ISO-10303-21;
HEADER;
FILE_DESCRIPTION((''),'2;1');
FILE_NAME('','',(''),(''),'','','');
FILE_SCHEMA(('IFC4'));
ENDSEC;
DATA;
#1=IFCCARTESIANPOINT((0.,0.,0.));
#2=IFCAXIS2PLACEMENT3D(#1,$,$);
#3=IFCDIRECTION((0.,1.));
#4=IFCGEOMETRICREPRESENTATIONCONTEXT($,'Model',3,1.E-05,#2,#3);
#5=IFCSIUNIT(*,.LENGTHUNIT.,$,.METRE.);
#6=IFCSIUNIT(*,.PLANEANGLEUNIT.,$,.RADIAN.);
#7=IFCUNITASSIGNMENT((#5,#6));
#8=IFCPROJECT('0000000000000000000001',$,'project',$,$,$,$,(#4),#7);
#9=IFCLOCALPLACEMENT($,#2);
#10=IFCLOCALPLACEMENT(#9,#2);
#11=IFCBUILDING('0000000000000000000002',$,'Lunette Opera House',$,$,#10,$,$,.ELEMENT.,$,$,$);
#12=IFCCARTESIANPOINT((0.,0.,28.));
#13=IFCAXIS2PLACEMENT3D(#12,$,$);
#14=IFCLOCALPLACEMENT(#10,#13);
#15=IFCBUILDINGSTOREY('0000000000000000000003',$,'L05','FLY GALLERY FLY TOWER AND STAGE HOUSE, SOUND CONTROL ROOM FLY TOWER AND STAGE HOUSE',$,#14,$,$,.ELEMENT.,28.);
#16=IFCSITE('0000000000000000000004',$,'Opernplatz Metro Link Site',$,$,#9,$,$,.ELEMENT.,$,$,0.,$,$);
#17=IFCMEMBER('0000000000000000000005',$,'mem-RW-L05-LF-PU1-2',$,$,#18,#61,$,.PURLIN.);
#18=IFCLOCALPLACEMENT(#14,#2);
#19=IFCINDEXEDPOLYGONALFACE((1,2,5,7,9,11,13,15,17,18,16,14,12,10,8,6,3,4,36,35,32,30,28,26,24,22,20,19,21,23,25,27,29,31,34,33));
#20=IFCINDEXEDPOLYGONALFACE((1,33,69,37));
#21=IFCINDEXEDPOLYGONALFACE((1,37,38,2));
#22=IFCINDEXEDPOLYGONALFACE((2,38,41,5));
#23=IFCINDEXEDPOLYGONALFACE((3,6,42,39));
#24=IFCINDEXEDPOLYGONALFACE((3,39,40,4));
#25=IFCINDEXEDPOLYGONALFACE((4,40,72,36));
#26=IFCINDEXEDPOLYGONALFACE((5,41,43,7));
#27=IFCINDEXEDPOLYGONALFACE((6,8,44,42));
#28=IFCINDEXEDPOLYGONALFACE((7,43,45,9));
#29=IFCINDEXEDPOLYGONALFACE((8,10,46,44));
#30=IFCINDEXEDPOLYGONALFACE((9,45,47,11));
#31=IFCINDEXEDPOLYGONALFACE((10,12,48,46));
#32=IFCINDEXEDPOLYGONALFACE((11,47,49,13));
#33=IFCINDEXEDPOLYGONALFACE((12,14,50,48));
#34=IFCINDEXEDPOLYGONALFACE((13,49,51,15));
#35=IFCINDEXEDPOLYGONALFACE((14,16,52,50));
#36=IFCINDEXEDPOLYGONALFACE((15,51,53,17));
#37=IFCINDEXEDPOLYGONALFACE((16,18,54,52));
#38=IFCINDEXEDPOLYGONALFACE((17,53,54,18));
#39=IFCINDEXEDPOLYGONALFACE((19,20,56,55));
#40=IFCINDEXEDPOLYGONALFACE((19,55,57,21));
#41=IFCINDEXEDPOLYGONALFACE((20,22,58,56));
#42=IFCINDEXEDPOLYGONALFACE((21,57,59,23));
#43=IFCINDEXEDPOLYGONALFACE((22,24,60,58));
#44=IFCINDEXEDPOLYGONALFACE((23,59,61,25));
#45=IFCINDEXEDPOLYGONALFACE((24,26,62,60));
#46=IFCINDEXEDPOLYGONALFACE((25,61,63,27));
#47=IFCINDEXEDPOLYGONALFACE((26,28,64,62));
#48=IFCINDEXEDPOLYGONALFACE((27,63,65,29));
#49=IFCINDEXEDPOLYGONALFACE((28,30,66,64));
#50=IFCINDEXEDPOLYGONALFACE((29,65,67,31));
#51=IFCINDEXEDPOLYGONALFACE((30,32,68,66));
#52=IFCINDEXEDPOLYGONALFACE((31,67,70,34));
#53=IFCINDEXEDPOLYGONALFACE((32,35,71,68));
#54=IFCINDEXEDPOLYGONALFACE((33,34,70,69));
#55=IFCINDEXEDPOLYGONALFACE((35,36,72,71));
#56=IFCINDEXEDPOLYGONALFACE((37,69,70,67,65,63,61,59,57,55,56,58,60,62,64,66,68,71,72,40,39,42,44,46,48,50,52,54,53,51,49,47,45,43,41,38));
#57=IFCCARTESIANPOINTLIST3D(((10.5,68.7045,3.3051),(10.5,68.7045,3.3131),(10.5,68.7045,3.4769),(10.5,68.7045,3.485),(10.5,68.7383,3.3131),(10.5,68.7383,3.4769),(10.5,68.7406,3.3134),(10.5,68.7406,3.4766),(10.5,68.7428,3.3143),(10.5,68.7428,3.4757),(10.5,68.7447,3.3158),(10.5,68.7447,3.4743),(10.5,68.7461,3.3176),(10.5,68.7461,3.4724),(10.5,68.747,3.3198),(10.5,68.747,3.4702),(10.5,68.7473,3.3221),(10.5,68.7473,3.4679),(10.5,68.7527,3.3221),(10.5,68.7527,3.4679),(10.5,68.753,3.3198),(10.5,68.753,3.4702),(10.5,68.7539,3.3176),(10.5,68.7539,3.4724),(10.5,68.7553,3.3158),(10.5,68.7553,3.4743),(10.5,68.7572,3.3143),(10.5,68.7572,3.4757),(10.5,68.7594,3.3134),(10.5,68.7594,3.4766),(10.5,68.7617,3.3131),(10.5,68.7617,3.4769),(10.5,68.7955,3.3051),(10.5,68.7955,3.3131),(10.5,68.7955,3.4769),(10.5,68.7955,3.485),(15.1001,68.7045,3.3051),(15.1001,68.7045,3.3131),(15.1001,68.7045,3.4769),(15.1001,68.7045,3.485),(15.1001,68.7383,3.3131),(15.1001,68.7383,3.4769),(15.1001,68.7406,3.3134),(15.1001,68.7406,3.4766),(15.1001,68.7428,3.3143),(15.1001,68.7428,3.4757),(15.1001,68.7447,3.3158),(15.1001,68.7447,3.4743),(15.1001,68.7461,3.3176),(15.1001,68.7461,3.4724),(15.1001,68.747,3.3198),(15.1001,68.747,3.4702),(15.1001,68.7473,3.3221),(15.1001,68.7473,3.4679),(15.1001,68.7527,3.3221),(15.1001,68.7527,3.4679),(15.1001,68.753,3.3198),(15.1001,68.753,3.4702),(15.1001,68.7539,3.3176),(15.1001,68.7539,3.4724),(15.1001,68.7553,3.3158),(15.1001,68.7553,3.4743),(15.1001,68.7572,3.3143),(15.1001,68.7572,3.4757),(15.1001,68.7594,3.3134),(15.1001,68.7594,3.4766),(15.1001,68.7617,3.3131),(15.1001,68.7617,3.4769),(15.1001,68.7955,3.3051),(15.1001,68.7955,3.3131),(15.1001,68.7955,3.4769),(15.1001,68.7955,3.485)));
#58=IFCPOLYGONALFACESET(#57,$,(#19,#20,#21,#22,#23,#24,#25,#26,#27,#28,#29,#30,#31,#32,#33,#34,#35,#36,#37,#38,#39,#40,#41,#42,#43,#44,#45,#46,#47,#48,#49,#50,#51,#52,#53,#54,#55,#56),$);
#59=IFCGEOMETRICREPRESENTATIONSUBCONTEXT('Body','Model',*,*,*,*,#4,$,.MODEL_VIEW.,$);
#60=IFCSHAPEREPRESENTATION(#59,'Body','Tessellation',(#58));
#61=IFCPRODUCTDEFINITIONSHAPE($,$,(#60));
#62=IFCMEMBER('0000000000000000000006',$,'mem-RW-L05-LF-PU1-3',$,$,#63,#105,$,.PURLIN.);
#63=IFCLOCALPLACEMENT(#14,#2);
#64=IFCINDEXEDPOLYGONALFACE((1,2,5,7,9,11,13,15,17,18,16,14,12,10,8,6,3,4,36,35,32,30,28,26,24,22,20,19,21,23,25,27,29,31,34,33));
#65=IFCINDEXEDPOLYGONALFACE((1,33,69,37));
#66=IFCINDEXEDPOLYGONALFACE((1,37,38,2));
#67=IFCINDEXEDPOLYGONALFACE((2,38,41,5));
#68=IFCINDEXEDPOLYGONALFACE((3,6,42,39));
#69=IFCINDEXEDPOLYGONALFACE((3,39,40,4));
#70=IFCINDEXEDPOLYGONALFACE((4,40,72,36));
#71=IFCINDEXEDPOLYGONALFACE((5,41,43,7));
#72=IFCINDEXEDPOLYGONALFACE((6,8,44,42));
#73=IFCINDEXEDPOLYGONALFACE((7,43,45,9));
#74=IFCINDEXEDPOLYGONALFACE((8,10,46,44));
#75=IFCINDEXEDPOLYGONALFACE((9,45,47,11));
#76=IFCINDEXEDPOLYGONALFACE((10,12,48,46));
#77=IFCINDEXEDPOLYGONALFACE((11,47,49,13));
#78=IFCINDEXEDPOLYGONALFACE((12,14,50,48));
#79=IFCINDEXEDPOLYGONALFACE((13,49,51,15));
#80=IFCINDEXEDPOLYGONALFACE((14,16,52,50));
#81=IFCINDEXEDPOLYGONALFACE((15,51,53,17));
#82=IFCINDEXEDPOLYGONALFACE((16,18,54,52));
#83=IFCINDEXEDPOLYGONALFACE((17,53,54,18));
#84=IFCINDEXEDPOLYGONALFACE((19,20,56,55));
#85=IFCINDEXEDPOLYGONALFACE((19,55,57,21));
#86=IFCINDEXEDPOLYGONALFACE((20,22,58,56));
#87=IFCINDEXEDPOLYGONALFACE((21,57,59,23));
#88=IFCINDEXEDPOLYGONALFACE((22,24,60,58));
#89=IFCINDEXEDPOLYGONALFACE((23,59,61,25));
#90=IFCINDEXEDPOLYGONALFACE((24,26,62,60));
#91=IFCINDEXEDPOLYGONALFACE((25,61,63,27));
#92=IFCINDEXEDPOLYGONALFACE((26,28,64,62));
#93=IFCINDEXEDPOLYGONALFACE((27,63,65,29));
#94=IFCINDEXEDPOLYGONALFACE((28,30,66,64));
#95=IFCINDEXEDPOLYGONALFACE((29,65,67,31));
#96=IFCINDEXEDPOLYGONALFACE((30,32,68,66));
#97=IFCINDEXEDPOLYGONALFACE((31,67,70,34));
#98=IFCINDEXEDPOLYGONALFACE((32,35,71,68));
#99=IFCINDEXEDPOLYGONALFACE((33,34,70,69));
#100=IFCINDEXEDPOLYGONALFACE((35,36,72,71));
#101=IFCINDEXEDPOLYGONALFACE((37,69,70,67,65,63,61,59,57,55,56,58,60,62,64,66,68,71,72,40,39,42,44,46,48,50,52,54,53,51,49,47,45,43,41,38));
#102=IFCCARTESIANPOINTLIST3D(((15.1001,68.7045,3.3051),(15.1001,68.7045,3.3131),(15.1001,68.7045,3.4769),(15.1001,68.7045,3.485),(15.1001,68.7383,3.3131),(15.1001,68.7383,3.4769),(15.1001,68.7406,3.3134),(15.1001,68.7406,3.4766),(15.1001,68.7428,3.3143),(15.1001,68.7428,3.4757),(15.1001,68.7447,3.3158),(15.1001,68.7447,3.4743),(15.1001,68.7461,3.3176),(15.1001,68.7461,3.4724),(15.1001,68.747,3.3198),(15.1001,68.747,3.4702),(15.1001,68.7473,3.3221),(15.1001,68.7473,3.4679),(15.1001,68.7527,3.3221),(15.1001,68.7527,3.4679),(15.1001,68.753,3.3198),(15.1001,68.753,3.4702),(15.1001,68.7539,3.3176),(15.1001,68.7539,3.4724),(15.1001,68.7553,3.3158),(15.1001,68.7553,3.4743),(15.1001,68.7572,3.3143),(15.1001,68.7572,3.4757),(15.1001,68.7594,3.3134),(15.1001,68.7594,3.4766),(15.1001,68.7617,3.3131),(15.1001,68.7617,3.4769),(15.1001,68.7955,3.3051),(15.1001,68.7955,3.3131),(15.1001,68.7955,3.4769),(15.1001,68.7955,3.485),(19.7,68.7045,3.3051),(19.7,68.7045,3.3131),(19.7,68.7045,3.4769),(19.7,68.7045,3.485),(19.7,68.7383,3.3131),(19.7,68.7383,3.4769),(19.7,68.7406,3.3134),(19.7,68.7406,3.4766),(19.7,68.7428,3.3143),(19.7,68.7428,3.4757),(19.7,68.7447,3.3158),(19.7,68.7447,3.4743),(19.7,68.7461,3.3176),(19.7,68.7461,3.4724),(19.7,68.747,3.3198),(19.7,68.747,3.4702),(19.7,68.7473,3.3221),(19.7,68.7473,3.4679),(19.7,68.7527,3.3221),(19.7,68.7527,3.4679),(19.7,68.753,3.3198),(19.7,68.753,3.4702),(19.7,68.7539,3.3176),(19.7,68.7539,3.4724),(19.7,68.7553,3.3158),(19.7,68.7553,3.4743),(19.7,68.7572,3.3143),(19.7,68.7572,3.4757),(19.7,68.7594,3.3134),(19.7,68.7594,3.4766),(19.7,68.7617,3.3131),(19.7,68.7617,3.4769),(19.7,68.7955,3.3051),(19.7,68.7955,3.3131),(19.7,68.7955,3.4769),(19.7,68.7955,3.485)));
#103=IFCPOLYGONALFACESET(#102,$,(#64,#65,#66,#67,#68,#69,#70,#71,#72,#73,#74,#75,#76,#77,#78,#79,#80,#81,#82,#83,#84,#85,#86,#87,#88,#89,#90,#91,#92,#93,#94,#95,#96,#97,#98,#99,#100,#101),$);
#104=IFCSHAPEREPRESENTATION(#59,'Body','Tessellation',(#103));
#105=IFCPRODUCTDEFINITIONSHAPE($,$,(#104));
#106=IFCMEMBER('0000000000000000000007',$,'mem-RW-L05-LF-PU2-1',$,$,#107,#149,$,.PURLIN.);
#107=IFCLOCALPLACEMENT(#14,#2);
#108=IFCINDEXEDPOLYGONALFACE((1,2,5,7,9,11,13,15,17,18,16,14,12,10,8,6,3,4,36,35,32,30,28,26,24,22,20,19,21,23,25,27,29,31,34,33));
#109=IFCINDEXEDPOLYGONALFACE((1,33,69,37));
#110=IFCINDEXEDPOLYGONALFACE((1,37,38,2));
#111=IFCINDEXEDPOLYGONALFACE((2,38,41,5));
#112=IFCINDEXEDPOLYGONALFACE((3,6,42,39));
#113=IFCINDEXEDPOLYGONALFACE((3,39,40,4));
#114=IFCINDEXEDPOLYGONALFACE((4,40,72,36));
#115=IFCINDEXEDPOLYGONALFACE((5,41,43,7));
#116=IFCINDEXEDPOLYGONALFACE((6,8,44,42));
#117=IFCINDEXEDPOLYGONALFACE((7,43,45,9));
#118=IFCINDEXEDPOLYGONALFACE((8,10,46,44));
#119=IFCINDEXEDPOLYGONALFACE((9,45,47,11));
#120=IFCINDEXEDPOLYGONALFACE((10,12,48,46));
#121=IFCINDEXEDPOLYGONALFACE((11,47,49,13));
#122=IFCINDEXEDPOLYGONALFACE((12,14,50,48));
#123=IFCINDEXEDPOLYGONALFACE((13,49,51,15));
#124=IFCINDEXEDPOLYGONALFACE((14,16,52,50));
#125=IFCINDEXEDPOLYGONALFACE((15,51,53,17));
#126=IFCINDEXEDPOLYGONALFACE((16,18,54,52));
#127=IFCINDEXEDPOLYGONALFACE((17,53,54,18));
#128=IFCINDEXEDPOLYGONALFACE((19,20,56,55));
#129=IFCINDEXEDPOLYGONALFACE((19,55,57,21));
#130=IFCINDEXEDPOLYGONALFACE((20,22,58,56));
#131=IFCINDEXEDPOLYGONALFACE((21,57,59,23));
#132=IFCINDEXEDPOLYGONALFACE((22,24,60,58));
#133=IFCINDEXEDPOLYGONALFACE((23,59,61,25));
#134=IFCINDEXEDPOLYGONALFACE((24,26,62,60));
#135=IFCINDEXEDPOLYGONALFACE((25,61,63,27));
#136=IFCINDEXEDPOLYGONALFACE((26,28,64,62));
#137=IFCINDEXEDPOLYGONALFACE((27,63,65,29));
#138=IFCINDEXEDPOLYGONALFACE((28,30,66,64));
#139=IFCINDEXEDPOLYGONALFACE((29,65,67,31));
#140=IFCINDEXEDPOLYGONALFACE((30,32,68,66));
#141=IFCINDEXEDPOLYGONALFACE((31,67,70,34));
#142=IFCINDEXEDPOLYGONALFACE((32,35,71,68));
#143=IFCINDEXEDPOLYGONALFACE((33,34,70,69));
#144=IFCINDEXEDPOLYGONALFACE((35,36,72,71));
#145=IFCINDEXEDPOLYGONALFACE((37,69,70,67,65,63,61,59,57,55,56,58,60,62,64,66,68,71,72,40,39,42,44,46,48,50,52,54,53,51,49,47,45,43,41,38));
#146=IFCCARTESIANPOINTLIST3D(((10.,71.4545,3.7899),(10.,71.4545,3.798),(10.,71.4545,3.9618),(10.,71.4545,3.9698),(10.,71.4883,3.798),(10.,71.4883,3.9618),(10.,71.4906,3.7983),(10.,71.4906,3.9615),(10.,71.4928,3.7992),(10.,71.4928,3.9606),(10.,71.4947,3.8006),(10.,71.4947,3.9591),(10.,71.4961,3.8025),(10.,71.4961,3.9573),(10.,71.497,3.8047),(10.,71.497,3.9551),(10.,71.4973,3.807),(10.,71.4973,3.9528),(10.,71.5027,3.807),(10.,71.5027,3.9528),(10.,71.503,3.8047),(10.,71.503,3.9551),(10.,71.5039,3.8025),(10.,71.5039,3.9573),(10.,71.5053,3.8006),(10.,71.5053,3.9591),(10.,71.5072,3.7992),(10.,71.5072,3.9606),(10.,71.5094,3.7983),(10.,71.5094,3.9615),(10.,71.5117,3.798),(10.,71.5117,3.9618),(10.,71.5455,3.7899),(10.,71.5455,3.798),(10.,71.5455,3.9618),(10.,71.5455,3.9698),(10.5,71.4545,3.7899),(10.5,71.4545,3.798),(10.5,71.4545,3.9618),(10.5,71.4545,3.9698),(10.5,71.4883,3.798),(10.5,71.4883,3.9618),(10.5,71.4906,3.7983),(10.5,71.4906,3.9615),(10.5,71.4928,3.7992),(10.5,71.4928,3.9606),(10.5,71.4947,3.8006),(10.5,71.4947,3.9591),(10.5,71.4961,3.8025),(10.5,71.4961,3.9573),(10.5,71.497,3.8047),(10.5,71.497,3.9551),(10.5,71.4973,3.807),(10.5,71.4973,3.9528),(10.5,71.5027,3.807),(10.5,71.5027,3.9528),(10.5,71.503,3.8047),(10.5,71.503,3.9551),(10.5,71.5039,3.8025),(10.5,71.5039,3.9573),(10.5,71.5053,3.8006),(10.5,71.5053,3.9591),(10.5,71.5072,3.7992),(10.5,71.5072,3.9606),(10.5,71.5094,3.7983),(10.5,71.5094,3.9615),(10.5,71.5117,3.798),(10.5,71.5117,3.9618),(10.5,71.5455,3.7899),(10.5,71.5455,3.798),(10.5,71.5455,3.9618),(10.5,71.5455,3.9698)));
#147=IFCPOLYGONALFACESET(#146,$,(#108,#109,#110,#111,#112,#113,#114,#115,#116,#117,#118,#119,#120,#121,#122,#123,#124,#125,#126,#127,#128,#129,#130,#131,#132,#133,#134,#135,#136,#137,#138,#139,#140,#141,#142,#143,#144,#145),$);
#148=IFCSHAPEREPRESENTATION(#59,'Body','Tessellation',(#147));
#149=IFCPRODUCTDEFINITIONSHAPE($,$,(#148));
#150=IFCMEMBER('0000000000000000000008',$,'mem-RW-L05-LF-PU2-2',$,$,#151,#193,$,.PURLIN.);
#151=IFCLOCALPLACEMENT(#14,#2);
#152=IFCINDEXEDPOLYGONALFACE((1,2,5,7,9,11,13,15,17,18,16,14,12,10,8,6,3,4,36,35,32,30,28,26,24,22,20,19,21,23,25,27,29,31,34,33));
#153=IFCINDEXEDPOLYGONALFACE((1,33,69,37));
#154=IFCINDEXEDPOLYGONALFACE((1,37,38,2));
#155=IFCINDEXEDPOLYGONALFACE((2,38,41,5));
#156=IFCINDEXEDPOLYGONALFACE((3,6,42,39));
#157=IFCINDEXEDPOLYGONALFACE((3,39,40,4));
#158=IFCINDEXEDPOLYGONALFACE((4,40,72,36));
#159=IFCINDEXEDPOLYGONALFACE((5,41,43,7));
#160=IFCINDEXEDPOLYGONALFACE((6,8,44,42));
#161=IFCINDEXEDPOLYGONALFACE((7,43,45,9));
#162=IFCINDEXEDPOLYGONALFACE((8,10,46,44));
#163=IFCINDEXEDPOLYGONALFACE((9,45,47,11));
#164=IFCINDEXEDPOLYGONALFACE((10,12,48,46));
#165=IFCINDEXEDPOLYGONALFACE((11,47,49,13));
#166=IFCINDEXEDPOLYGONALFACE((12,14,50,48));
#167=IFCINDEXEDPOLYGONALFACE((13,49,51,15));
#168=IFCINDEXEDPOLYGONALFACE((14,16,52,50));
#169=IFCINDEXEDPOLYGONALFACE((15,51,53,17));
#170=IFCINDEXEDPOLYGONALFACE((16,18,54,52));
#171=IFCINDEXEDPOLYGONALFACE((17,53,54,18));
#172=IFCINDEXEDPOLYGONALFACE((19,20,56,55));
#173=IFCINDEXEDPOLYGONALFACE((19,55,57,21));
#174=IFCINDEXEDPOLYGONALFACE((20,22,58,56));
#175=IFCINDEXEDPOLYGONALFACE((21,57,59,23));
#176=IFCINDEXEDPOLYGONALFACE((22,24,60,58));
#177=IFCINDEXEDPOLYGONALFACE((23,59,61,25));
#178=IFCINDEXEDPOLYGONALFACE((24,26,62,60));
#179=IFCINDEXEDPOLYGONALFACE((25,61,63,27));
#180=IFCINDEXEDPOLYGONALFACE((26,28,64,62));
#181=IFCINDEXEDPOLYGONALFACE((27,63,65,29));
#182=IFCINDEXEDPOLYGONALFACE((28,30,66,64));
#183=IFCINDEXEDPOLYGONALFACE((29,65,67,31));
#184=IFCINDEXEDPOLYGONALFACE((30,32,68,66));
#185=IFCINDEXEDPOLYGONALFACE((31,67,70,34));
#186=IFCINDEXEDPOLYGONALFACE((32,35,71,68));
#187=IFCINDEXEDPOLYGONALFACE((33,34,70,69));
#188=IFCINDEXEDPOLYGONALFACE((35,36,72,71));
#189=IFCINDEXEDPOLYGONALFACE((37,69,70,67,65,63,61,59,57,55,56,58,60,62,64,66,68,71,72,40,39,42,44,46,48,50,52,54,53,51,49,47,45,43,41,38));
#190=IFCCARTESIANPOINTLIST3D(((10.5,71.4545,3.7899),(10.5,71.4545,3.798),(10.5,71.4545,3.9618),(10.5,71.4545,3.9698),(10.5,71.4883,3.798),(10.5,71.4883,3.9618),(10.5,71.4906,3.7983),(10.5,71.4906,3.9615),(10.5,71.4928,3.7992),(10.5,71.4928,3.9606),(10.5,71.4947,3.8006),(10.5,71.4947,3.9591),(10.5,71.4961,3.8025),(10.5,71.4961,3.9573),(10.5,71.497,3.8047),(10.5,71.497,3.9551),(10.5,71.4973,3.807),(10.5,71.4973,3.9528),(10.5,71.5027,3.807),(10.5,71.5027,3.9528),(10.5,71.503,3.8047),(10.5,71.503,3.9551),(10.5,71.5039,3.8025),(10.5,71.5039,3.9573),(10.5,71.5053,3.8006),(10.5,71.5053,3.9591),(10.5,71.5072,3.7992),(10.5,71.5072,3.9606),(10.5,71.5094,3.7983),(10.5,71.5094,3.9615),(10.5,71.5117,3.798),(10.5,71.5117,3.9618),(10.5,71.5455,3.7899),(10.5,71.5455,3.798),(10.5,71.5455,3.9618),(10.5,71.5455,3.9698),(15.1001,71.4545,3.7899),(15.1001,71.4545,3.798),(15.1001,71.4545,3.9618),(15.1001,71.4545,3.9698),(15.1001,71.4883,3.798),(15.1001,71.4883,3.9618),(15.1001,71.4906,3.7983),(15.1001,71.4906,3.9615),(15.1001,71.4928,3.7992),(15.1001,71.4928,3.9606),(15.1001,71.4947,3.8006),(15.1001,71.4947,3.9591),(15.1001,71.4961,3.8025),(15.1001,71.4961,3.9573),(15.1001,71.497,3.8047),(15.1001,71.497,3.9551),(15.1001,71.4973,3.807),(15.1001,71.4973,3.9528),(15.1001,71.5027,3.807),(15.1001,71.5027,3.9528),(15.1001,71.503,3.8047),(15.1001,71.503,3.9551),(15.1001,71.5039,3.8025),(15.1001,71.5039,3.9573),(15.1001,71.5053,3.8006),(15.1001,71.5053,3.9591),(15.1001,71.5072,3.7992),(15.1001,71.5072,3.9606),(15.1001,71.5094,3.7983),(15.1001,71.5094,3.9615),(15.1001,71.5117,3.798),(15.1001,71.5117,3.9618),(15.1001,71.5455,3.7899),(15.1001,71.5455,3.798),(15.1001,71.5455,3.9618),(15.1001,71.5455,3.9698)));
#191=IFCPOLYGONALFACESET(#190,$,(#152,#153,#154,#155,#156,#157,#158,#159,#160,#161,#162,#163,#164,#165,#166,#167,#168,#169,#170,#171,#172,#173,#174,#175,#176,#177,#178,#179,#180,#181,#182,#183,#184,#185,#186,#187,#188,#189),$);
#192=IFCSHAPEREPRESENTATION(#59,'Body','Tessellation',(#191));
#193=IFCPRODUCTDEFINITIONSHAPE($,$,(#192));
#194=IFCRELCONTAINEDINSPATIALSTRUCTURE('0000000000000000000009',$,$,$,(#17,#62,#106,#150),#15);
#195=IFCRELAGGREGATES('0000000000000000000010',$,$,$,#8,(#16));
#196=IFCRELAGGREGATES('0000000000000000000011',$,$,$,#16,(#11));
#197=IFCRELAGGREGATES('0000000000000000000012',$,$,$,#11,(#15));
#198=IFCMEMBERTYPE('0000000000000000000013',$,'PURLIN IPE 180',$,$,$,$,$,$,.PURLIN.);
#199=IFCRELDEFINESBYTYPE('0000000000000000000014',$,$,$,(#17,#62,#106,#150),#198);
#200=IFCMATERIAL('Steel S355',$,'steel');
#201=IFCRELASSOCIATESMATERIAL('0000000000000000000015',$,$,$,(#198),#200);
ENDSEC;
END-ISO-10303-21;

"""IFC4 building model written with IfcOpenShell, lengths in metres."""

from ifc_helpers import new_model, si_unit, direction, frame, origin, origin_2d, place, context, subcontext, project, spatial, i_section, extrude, material, material_profile, profile_set, type_object, element, save


model = new_model("IFC4")

# Units and contexts
model_context = context("Model", 3, precision=1e-05, world=origin(), true_north=direction((0.0, 1.0)))
body_context = subcontext(model_context, "Body", "Model", "MODEL_VIEW")
ifc_project = project(units=[si_unit("LENGTHUNIT", "METRE"), si_unit("PLANEANGLEUNIT", "RADIAN")], contexts=[model_context])

# Site, building, storey
site_placement = place(None, origin())
site = spatial("IfcSite", under=ifc_project, at=site_placement, Name="Opernplatz Metro Link Site", CompositionType="ELEMENT", RefElevation=0.0)
building_placement = place(site_placement, origin())
building = spatial("IfcBuilding", under=site, at=building_placement, Name="Lunette Opera House", CompositionType="ELEMENT")
storey_placement = place(building_placement, frame((0.0, 0.0, 28.0)))
storey = spatial("IfcBuildingStorey", under=building, at=storey_placement, Name="L05", Description="FLY GALLERY FLY TOWER AND STAGE HOUSE, SOUND CONTROL ROOM FLY TOWER AND STAGE HOUSE", CompositionType="ELEMENT", Elevation=28.0)

# Members
ifc_material_1 = material(Name="Steel S355", Category="steel")
ifc_material_profile_1 = material_profile(ifc_material_1, i_section(OverallWidth=0.0911, OverallDepth=0.1799, WebThickness=0.0054, FlangeThickness=0.0081, FilletRadius=0.009, at=origin_2d()), Name="IPE 180")
ifc_profile_set_1 = profile_set([ifc_material_profile_1], Name="Steel S355")
member_type_1 = type_object("IfcMemberType", Name="PURLIN IPE 180", PredefinedType="PURLIN", material=ifc_profile_set_1)
member_1_placement = place(storey_placement, frame((10.5, 68.75, 3.395), z_axis=(1.0, 0.0, 0.0), x_axis=(0.0, 1.0, 0.0)))
element("IfcMember", 1, at=member_1_placement, inside=storey, type_object=member_type_1, Name="mem-RW-L05-LF-PU1-2", PredefinedType="PURLIN", context=body_context, shape_type="SweptSolid", body=[
    extrude(i_section(OverallWidth=0.0911, OverallDepth=0.1799, WebThickness=0.0054, FlangeThickness=0.0081, FilletRadius=0.009, at=origin_2d()), origin(), (0.0, 0.0, 1.0), 4.6001),
])
member_2_placement = place(storey_placement, frame((15.1001, 68.75, 3.395), z_axis=(1.0, 0.0, 0.0), x_axis=(0.0, 1.0, 0.0)))
element("IfcMember", 2, at=member_2_placement, inside=storey, type_object=member_type_1, Name="mem-RW-L05-LF-PU1-3", PredefinedType="PURLIN", context=body_context, shape_type="SweptSolid", body=[
    extrude(i_section(OverallWidth=0.0911, OverallDepth=0.1799, WebThickness=0.0054, FlangeThickness=0.0081, FilletRadius=0.009, at=origin_2d()), origin(), (0.0, 0.0, 1.0), 4.5999),
])
member_3_placement = place(storey_placement, frame((10.0, 71.5, 3.8799), z_axis=(1.0, 0.0, 0.0), x_axis=(0.0, 1.0, 0.0)))
element("IfcMember", 3, at=member_3_placement, inside=storey, type_object=member_type_1, Name="mem-RW-L05-LF-PU2-1", PredefinedType="PURLIN", context=body_context, shape_type="SweptSolid", body=[
    extrude(i_section(OverallWidth=0.0911, OverallDepth=0.1799, WebThickness=0.0054, FlangeThickness=0.0081, FilletRadius=0.009, at=origin_2d()), origin(), (0.0, 0.0, 1.0), 0.5),
])
member_4_placement = place(storey_placement, frame((10.5, 71.5, 3.8799), z_axis=(1.0, 0.0, 0.0), x_axis=(0.0, 1.0, 0.0)))
element("IfcMember", 4, at=member_4_placement, inside=storey, type_object=member_type_1, Name="mem-RW-L05-LF-PU2-2", PredefinedType="PURLIN", context=body_context, shape_type="SweptSolid", body=[
    extrude(i_section(OverallWidth=0.0911, OverallDepth=0.1799, WebThickness=0.0054, FlangeThickness=0.0081, FilletRadius=0.009, at=origin_2d()), origin(), (0.0, 0.0, 1.0), 4.6001),
])

save(model, "model.ifc")
